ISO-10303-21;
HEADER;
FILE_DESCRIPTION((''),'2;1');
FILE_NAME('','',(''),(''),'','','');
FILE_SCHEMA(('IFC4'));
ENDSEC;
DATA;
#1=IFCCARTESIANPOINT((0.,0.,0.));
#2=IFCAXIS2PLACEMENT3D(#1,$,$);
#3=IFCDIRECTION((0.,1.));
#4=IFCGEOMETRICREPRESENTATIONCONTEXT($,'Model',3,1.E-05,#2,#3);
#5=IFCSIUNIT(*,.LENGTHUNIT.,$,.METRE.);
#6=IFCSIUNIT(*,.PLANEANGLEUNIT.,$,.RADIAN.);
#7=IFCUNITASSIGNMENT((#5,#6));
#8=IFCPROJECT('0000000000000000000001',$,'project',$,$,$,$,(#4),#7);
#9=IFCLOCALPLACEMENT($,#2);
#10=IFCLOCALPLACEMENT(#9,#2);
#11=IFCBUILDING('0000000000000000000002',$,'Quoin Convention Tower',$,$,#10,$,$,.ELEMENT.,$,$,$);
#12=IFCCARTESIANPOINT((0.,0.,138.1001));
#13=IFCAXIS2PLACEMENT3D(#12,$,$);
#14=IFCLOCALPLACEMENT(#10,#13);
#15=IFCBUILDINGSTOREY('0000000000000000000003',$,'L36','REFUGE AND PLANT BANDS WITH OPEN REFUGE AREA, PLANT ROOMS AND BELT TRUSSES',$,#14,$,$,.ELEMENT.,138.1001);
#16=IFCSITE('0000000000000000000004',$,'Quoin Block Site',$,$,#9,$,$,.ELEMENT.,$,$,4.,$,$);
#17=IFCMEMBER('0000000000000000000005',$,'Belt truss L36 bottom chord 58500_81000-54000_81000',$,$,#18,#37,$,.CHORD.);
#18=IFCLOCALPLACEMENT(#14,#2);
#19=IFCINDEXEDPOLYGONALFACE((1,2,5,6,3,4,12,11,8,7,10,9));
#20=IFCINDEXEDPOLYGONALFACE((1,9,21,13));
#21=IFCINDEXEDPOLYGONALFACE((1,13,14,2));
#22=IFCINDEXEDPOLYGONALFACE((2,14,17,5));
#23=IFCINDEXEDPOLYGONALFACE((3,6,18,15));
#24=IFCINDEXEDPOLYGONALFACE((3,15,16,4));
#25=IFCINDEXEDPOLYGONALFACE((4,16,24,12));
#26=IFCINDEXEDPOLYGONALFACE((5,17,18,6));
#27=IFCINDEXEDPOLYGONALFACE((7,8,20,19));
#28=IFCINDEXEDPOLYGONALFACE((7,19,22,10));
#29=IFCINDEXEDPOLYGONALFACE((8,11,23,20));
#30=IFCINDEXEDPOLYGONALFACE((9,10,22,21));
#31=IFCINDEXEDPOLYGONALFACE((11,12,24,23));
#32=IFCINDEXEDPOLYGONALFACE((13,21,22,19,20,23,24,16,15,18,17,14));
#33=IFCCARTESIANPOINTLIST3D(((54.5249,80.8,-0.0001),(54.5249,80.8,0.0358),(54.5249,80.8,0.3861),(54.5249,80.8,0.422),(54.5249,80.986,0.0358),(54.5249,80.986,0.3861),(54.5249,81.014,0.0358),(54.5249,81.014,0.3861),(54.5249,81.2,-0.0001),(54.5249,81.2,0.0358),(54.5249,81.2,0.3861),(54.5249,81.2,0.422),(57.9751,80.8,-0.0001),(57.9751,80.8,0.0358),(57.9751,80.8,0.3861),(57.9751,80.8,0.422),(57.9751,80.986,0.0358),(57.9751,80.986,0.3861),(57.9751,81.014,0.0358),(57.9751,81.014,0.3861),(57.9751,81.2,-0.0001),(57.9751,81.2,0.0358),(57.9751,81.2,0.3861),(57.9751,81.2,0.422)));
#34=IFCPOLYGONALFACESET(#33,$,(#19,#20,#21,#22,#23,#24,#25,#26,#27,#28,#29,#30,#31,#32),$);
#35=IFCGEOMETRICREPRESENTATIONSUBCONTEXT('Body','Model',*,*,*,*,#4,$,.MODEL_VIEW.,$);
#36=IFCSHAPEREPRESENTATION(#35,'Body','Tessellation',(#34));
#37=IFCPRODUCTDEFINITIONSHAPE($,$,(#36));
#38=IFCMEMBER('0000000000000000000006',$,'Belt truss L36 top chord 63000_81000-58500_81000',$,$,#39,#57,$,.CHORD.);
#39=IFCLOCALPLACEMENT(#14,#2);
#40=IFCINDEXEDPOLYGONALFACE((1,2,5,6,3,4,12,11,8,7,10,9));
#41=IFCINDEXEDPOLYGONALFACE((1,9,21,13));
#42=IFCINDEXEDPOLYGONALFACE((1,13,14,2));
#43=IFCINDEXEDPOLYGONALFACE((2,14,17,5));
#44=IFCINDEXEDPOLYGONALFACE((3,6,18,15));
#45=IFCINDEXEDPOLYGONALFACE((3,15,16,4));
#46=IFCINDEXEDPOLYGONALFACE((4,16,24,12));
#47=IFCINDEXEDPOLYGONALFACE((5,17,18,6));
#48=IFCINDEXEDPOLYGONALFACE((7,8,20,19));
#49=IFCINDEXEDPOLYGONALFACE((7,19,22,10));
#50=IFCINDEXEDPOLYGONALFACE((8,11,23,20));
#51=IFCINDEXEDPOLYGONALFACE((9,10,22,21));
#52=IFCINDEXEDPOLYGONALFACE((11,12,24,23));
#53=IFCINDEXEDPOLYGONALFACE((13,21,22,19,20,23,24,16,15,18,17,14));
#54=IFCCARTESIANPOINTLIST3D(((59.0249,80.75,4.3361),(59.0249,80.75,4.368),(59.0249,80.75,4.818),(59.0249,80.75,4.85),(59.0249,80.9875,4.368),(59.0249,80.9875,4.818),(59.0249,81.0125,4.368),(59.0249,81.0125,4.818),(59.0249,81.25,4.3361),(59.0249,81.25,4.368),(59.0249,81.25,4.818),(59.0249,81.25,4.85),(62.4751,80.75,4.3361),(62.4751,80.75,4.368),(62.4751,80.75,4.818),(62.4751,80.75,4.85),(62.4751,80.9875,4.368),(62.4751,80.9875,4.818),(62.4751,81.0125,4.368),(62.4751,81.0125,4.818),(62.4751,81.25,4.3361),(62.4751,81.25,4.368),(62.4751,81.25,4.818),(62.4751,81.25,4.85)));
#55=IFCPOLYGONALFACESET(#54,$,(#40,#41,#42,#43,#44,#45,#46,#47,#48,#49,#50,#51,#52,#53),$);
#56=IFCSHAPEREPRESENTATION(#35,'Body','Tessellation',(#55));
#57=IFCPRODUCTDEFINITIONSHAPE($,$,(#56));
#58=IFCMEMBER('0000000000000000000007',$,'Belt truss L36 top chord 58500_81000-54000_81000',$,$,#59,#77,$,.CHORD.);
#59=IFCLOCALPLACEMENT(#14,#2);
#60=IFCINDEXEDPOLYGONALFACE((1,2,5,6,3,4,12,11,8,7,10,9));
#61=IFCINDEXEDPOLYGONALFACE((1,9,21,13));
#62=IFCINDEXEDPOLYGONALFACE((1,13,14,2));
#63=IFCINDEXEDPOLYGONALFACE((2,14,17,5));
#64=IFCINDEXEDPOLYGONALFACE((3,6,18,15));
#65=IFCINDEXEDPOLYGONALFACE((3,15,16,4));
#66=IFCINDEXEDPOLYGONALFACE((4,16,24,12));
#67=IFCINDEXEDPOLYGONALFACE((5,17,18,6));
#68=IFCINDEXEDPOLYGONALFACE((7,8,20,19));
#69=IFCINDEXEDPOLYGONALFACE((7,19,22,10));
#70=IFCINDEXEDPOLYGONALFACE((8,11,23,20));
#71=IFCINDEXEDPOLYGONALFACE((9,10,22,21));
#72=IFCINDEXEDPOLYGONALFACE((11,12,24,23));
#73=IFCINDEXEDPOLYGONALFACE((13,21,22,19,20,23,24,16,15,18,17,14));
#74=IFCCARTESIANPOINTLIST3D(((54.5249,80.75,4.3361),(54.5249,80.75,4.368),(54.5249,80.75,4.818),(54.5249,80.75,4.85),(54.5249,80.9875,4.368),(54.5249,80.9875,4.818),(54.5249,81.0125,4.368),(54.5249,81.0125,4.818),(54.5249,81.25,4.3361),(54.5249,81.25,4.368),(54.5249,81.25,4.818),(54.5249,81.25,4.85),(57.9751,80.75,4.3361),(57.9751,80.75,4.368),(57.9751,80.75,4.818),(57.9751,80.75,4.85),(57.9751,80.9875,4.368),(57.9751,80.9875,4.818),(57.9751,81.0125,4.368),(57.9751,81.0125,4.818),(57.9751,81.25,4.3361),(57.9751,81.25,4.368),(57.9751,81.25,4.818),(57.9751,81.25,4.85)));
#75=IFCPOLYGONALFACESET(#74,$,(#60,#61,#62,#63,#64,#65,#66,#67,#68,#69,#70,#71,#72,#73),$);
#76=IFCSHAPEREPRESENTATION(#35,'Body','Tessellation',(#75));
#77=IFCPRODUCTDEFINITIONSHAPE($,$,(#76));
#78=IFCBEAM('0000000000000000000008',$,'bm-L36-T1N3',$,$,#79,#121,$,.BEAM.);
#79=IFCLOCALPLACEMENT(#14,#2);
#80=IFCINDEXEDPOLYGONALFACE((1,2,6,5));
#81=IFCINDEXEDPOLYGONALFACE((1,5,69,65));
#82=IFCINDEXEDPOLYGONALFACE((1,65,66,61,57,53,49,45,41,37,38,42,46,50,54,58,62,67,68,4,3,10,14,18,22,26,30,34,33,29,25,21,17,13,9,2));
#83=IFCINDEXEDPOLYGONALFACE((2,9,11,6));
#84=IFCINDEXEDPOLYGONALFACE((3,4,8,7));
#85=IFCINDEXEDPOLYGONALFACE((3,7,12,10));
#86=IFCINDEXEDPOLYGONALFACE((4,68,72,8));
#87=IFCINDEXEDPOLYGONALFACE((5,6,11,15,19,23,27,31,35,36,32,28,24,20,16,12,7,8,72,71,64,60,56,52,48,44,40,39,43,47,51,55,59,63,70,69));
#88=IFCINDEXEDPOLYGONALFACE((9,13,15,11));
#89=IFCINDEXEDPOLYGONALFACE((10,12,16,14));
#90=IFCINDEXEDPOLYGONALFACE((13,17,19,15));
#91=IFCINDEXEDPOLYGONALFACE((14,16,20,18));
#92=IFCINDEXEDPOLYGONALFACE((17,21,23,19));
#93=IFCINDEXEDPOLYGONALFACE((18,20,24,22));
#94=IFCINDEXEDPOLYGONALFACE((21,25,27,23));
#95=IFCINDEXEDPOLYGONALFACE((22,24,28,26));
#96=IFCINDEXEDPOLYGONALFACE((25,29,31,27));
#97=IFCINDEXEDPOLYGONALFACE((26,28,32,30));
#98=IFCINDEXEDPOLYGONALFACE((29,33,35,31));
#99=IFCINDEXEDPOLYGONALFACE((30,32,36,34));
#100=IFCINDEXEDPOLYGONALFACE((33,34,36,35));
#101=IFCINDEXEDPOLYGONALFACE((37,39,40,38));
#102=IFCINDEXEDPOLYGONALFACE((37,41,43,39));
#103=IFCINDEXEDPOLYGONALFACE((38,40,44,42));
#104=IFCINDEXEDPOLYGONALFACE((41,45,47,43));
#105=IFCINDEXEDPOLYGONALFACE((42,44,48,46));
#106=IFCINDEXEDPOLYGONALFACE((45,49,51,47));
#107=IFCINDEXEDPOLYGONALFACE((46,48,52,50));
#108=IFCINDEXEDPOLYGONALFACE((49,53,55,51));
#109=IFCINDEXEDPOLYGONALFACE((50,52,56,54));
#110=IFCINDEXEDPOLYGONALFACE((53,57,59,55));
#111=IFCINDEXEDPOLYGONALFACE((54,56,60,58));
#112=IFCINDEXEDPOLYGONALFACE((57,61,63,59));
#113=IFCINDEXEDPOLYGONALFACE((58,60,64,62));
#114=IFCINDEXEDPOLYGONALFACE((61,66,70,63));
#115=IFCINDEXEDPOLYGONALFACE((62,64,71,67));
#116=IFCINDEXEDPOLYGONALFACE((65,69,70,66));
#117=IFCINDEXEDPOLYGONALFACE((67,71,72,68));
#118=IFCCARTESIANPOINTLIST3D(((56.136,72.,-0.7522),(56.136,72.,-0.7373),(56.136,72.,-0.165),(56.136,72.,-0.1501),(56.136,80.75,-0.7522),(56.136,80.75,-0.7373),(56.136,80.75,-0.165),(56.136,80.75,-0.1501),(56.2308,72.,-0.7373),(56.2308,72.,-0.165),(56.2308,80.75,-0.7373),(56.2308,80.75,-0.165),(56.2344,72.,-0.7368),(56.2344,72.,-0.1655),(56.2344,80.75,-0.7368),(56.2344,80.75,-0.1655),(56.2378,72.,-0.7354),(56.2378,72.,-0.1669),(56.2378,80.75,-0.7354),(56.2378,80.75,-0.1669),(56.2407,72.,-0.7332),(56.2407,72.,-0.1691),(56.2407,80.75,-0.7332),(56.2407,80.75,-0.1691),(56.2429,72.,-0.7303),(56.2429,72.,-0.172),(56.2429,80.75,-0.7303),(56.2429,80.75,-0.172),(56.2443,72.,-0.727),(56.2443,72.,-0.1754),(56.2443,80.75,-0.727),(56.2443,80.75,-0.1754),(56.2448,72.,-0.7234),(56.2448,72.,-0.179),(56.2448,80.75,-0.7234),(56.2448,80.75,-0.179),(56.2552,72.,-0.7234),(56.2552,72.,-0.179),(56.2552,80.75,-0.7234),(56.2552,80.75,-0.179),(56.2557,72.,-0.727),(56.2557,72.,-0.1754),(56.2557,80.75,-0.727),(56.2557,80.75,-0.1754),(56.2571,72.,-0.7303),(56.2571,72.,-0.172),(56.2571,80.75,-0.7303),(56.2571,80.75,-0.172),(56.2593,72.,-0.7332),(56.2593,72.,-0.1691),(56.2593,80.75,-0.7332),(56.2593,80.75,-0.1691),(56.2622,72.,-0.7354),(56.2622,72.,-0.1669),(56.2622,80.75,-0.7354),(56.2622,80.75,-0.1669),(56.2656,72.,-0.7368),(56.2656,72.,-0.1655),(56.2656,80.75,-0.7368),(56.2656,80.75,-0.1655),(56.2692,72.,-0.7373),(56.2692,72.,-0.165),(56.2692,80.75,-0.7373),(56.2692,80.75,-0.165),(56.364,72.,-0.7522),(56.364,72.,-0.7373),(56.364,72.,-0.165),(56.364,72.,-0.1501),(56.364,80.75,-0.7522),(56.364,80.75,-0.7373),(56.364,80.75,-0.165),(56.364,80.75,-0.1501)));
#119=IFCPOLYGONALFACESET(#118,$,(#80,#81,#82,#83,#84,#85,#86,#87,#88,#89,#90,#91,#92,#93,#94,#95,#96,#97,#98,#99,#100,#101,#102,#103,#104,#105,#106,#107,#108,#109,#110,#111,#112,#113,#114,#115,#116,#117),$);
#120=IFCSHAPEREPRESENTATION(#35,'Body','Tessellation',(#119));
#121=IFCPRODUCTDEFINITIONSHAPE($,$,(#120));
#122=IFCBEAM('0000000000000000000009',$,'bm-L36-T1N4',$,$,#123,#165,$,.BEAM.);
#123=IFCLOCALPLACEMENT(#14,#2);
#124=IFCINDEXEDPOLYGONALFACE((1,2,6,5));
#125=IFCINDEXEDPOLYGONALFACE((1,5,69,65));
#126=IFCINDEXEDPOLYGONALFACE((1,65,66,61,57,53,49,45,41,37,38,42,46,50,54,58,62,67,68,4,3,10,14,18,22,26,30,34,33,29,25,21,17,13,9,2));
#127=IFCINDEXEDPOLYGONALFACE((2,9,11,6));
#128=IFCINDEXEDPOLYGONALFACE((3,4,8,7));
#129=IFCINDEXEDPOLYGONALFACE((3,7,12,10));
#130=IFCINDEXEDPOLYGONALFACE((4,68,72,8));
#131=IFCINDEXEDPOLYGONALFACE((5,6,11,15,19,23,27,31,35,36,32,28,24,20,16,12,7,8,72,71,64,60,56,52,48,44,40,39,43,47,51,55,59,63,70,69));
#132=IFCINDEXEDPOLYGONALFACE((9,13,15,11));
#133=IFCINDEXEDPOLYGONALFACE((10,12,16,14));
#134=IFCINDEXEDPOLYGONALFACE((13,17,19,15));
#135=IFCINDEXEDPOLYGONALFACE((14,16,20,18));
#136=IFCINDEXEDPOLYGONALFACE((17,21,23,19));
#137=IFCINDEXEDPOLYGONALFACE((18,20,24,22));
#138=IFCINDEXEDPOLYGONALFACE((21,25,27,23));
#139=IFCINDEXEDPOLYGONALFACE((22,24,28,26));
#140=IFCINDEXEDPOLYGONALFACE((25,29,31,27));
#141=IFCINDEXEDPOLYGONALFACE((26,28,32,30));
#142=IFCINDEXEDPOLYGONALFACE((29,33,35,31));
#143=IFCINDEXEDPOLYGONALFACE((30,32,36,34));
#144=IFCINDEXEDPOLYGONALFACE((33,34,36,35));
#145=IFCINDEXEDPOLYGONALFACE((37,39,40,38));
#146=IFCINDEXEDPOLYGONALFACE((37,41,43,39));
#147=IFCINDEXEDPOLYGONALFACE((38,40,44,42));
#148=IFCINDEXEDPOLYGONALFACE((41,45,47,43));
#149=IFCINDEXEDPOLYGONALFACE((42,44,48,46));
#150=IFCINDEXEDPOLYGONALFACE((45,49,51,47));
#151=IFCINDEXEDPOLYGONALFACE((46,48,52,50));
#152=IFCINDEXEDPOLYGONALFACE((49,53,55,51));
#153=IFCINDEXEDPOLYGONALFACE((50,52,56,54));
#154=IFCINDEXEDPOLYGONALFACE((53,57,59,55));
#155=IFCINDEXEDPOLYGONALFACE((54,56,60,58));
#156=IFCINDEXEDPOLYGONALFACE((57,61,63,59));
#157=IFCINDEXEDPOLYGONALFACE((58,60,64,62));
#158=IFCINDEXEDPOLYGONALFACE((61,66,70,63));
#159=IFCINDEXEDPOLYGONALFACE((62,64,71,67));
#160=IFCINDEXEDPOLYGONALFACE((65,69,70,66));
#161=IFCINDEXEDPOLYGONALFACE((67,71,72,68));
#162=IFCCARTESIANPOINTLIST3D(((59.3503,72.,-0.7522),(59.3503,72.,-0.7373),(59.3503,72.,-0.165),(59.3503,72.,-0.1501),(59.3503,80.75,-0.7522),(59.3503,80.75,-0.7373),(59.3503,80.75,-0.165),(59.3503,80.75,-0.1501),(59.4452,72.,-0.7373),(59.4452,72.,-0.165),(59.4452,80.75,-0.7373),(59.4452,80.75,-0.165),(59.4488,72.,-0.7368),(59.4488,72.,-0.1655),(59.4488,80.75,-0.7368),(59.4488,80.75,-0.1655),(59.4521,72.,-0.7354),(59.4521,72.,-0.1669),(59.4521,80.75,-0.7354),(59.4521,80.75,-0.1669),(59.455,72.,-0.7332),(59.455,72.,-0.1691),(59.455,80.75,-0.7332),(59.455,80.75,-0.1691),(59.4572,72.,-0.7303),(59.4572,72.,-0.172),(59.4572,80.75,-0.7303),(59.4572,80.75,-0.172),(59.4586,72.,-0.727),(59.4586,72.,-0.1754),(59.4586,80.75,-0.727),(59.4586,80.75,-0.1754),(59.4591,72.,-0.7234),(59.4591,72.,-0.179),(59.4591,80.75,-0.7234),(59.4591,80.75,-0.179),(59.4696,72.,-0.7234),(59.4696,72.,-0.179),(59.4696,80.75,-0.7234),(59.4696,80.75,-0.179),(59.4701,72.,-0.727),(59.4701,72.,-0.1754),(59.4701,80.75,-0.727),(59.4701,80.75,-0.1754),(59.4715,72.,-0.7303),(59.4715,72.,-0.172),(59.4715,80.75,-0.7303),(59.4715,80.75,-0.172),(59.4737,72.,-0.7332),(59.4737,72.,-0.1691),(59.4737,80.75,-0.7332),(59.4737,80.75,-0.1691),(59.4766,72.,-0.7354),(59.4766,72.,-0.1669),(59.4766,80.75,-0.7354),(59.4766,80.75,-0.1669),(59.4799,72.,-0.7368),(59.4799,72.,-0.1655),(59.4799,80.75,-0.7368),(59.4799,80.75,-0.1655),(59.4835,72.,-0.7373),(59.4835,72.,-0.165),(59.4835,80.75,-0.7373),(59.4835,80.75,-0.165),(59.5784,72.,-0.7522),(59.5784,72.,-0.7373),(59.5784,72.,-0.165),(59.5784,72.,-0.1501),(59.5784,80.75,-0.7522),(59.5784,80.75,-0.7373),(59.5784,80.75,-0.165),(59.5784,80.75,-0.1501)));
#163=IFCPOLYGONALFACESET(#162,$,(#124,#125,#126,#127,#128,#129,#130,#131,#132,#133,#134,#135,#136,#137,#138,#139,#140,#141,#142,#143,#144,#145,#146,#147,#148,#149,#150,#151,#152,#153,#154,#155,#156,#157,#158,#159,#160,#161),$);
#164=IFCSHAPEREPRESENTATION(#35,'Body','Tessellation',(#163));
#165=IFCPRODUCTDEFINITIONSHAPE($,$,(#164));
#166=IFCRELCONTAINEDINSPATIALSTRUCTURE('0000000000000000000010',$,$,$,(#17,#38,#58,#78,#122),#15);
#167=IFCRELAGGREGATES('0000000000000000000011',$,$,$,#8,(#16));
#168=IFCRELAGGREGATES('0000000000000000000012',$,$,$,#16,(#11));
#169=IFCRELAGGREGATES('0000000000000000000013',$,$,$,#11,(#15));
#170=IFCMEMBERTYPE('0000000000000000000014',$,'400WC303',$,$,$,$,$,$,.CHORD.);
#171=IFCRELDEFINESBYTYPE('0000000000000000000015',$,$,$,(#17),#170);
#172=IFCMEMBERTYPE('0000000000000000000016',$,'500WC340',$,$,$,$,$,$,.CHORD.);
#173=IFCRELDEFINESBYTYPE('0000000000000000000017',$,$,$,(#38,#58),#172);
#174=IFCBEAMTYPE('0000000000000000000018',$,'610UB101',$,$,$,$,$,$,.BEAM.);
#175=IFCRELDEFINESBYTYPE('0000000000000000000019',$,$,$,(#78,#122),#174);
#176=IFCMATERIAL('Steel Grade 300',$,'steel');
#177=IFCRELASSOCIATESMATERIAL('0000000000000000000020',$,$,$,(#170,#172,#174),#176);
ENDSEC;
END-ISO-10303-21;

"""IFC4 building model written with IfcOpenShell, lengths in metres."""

from ifc_helpers import new_model, si_unit, direction, frame, origin, origin_2d, place, context, subcontext, project, spatial, i_section, extrude, material, material_profile, profile_set, type_object, element, save


model = new_model("IFC4")

# Units and contexts
model_context = context("Model", 3, precision=1e-05, world=origin(), true_north=direction((0.0, 1.0)))
body_context = subcontext(model_context, "Body", "Model", "MODEL_VIEW")
ifc_project = project(units=[si_unit("LENGTHUNIT", "METRE"), si_unit("PLANEANGLEUNIT", "RADIAN")], contexts=[model_context])

# Site, building, storey
site_placement = place(None, origin())
site = spatial("IfcSite", under=ifc_project, at=site_placement, Name="Quoin Block Site", CompositionType="ELEMENT", RefElevation=4.0)
building_placement = place(site_placement, origin())
building = spatial("IfcBuilding", under=site, at=building_placement, Name="Quoin Convention Tower", CompositionType="ELEMENT")
storey_placement = place(building_placement, frame((0.0, 0.0, 138.1001)))
storey = spatial("IfcBuildingStorey", under=building, at=storey_placement, Name="L36", Description="REFUGE AND PLANT BANDS WITH OPEN REFUGE AREA, PLANT ROOMS AND BELT TRUSSES", CompositionType="ELEMENT", Elevation=138.1001)

# Members
ifc_material_1 = material(Name="Steel Grade 300", Category="steel")
ifc_material_profile_1 = material_profile(ifc_material_1, i_section(OverallWidth=0.3999, OverallDepth=0.4221, WebThickness=0.0281, FlangeThickness=0.0359, at=origin_2d()), Name="400WC303")
ifc_profile_set_1 = profile_set([ifc_material_profile_1], Name="Steel Grade 300")
member_type_1 = type_object("IfcMemberType", Name="400WC303", PredefinedType="CHORD", material=ifc_profile_set_1)
for number, where, z_axis, x_axis, name in (
    (1, (57.9751, 81.0, 0.2109), (-1.0, 0.0, 0.0), (0.0, -1.0, 0.0), "Belt truss L36 bottom chord 58500_81000-54000_81000"),
):
    element("IfcMember", number, at=place(storey_placement, frame(where, z_axis=z_axis, x_axis=x_axis)), inside=storey, type_object=member_type_1, Name=name, PredefinedType="CHORD", context=body_context, shape_type="SweptSolid", body=[
        extrude(i_section(OverallWidth=0.3999, OverallDepth=0.4221, WebThickness=0.0281, FlangeThickness=0.0359, at=origin_2d()), origin(), (0.0, 0.0, 1.0), 3.4502),
    ])
ifc_material_profile_2 = material_profile(ifc_material_1, i_section(OverallWidth=0.5, OverallDepth=0.5139, WebThickness=0.0249, FlangeThickness=0.032, at=origin_2d()), Name="500WC340")
ifc_profile_set_2 = profile_set([ifc_material_profile_2], Name="Steel Grade 300")
member_type_2 = type_object("IfcMemberType", Name="500WC340", PredefinedType="CHORD", material=ifc_profile_set_2)
for number, where, z_axis, x_axis, name in (
    (2, (62.4751, 81.0, 4.593), (-1.0, 0.0, 0.0), (0.0, -1.0, 0.0), "Belt truss L36 top chord 63000_81000-58500_81000"),
    (3, (57.9751, 81.0, 4.593), (-1.0, 0.0, 0.0), (0.0, -1.0, 0.0), "Belt truss L36 top chord 58500_81000-54000_81000"),
):
    element("IfcMember", number, at=place(storey_placement, frame(where, z_axis=z_axis, x_axis=x_axis)), inside=storey, type_object=member_type_2, Name=name, PredefinedType="CHORD", context=body_context, shape_type="SweptSolid", body=[
        extrude(i_section(OverallWidth=0.5, OverallDepth=0.5139, WebThickness=0.0249, FlangeThickness=0.032, at=origin_2d()), origin(), (0.0, 0.0, 1.0), 3.4502),
    ])

# Beams
ifc_material_profile_3 = material_profile(ifc_material_1, i_section(OverallWidth=0.228, OverallDepth=0.6021, WebThickness=0.0105, FlangeThickness=0.0149, FilletRadius=0.0139, at=origin_2d()), Name="610UB101")
ifc_profile_set_3 = profile_set([ifc_material_profile_3], Name="Steel Grade 300")
beam_type_1 = type_object("IfcBeamType", Name="610UB101", PredefinedType="BEAM", material=ifc_profile_set_3)
for number, where, z_axis, x_axis, name in (
    (4, (56.25, 72.0, -0.4512), (0.0, 1.0, 0.0), (-1.0, 0.0, 0.0), "bm-L36-T1N3"),
    (5, (59.4644, 72.0, -0.4512), (0.0, 1.0, 0.0), (-1.0, 0.0, 0.0), "bm-L36-T1N4"),
):
    element("IfcBeam", number, at=place(storey_placement, frame(where, z_axis=z_axis, x_axis=x_axis)), inside=storey, type_object=beam_type_1, Name=name, PredefinedType="BEAM", context=body_context, shape_type="SweptSolid", body=[
        extrude(i_section(OverallWidth=0.228, OverallDepth=0.6021, WebThickness=0.0105, FlangeThickness=0.0149, FilletRadius=0.0139, at=origin_2d()), origin(), (0.0, 0.0, 1.0), 8.75),
    ])

save(model, "model.ifc")
